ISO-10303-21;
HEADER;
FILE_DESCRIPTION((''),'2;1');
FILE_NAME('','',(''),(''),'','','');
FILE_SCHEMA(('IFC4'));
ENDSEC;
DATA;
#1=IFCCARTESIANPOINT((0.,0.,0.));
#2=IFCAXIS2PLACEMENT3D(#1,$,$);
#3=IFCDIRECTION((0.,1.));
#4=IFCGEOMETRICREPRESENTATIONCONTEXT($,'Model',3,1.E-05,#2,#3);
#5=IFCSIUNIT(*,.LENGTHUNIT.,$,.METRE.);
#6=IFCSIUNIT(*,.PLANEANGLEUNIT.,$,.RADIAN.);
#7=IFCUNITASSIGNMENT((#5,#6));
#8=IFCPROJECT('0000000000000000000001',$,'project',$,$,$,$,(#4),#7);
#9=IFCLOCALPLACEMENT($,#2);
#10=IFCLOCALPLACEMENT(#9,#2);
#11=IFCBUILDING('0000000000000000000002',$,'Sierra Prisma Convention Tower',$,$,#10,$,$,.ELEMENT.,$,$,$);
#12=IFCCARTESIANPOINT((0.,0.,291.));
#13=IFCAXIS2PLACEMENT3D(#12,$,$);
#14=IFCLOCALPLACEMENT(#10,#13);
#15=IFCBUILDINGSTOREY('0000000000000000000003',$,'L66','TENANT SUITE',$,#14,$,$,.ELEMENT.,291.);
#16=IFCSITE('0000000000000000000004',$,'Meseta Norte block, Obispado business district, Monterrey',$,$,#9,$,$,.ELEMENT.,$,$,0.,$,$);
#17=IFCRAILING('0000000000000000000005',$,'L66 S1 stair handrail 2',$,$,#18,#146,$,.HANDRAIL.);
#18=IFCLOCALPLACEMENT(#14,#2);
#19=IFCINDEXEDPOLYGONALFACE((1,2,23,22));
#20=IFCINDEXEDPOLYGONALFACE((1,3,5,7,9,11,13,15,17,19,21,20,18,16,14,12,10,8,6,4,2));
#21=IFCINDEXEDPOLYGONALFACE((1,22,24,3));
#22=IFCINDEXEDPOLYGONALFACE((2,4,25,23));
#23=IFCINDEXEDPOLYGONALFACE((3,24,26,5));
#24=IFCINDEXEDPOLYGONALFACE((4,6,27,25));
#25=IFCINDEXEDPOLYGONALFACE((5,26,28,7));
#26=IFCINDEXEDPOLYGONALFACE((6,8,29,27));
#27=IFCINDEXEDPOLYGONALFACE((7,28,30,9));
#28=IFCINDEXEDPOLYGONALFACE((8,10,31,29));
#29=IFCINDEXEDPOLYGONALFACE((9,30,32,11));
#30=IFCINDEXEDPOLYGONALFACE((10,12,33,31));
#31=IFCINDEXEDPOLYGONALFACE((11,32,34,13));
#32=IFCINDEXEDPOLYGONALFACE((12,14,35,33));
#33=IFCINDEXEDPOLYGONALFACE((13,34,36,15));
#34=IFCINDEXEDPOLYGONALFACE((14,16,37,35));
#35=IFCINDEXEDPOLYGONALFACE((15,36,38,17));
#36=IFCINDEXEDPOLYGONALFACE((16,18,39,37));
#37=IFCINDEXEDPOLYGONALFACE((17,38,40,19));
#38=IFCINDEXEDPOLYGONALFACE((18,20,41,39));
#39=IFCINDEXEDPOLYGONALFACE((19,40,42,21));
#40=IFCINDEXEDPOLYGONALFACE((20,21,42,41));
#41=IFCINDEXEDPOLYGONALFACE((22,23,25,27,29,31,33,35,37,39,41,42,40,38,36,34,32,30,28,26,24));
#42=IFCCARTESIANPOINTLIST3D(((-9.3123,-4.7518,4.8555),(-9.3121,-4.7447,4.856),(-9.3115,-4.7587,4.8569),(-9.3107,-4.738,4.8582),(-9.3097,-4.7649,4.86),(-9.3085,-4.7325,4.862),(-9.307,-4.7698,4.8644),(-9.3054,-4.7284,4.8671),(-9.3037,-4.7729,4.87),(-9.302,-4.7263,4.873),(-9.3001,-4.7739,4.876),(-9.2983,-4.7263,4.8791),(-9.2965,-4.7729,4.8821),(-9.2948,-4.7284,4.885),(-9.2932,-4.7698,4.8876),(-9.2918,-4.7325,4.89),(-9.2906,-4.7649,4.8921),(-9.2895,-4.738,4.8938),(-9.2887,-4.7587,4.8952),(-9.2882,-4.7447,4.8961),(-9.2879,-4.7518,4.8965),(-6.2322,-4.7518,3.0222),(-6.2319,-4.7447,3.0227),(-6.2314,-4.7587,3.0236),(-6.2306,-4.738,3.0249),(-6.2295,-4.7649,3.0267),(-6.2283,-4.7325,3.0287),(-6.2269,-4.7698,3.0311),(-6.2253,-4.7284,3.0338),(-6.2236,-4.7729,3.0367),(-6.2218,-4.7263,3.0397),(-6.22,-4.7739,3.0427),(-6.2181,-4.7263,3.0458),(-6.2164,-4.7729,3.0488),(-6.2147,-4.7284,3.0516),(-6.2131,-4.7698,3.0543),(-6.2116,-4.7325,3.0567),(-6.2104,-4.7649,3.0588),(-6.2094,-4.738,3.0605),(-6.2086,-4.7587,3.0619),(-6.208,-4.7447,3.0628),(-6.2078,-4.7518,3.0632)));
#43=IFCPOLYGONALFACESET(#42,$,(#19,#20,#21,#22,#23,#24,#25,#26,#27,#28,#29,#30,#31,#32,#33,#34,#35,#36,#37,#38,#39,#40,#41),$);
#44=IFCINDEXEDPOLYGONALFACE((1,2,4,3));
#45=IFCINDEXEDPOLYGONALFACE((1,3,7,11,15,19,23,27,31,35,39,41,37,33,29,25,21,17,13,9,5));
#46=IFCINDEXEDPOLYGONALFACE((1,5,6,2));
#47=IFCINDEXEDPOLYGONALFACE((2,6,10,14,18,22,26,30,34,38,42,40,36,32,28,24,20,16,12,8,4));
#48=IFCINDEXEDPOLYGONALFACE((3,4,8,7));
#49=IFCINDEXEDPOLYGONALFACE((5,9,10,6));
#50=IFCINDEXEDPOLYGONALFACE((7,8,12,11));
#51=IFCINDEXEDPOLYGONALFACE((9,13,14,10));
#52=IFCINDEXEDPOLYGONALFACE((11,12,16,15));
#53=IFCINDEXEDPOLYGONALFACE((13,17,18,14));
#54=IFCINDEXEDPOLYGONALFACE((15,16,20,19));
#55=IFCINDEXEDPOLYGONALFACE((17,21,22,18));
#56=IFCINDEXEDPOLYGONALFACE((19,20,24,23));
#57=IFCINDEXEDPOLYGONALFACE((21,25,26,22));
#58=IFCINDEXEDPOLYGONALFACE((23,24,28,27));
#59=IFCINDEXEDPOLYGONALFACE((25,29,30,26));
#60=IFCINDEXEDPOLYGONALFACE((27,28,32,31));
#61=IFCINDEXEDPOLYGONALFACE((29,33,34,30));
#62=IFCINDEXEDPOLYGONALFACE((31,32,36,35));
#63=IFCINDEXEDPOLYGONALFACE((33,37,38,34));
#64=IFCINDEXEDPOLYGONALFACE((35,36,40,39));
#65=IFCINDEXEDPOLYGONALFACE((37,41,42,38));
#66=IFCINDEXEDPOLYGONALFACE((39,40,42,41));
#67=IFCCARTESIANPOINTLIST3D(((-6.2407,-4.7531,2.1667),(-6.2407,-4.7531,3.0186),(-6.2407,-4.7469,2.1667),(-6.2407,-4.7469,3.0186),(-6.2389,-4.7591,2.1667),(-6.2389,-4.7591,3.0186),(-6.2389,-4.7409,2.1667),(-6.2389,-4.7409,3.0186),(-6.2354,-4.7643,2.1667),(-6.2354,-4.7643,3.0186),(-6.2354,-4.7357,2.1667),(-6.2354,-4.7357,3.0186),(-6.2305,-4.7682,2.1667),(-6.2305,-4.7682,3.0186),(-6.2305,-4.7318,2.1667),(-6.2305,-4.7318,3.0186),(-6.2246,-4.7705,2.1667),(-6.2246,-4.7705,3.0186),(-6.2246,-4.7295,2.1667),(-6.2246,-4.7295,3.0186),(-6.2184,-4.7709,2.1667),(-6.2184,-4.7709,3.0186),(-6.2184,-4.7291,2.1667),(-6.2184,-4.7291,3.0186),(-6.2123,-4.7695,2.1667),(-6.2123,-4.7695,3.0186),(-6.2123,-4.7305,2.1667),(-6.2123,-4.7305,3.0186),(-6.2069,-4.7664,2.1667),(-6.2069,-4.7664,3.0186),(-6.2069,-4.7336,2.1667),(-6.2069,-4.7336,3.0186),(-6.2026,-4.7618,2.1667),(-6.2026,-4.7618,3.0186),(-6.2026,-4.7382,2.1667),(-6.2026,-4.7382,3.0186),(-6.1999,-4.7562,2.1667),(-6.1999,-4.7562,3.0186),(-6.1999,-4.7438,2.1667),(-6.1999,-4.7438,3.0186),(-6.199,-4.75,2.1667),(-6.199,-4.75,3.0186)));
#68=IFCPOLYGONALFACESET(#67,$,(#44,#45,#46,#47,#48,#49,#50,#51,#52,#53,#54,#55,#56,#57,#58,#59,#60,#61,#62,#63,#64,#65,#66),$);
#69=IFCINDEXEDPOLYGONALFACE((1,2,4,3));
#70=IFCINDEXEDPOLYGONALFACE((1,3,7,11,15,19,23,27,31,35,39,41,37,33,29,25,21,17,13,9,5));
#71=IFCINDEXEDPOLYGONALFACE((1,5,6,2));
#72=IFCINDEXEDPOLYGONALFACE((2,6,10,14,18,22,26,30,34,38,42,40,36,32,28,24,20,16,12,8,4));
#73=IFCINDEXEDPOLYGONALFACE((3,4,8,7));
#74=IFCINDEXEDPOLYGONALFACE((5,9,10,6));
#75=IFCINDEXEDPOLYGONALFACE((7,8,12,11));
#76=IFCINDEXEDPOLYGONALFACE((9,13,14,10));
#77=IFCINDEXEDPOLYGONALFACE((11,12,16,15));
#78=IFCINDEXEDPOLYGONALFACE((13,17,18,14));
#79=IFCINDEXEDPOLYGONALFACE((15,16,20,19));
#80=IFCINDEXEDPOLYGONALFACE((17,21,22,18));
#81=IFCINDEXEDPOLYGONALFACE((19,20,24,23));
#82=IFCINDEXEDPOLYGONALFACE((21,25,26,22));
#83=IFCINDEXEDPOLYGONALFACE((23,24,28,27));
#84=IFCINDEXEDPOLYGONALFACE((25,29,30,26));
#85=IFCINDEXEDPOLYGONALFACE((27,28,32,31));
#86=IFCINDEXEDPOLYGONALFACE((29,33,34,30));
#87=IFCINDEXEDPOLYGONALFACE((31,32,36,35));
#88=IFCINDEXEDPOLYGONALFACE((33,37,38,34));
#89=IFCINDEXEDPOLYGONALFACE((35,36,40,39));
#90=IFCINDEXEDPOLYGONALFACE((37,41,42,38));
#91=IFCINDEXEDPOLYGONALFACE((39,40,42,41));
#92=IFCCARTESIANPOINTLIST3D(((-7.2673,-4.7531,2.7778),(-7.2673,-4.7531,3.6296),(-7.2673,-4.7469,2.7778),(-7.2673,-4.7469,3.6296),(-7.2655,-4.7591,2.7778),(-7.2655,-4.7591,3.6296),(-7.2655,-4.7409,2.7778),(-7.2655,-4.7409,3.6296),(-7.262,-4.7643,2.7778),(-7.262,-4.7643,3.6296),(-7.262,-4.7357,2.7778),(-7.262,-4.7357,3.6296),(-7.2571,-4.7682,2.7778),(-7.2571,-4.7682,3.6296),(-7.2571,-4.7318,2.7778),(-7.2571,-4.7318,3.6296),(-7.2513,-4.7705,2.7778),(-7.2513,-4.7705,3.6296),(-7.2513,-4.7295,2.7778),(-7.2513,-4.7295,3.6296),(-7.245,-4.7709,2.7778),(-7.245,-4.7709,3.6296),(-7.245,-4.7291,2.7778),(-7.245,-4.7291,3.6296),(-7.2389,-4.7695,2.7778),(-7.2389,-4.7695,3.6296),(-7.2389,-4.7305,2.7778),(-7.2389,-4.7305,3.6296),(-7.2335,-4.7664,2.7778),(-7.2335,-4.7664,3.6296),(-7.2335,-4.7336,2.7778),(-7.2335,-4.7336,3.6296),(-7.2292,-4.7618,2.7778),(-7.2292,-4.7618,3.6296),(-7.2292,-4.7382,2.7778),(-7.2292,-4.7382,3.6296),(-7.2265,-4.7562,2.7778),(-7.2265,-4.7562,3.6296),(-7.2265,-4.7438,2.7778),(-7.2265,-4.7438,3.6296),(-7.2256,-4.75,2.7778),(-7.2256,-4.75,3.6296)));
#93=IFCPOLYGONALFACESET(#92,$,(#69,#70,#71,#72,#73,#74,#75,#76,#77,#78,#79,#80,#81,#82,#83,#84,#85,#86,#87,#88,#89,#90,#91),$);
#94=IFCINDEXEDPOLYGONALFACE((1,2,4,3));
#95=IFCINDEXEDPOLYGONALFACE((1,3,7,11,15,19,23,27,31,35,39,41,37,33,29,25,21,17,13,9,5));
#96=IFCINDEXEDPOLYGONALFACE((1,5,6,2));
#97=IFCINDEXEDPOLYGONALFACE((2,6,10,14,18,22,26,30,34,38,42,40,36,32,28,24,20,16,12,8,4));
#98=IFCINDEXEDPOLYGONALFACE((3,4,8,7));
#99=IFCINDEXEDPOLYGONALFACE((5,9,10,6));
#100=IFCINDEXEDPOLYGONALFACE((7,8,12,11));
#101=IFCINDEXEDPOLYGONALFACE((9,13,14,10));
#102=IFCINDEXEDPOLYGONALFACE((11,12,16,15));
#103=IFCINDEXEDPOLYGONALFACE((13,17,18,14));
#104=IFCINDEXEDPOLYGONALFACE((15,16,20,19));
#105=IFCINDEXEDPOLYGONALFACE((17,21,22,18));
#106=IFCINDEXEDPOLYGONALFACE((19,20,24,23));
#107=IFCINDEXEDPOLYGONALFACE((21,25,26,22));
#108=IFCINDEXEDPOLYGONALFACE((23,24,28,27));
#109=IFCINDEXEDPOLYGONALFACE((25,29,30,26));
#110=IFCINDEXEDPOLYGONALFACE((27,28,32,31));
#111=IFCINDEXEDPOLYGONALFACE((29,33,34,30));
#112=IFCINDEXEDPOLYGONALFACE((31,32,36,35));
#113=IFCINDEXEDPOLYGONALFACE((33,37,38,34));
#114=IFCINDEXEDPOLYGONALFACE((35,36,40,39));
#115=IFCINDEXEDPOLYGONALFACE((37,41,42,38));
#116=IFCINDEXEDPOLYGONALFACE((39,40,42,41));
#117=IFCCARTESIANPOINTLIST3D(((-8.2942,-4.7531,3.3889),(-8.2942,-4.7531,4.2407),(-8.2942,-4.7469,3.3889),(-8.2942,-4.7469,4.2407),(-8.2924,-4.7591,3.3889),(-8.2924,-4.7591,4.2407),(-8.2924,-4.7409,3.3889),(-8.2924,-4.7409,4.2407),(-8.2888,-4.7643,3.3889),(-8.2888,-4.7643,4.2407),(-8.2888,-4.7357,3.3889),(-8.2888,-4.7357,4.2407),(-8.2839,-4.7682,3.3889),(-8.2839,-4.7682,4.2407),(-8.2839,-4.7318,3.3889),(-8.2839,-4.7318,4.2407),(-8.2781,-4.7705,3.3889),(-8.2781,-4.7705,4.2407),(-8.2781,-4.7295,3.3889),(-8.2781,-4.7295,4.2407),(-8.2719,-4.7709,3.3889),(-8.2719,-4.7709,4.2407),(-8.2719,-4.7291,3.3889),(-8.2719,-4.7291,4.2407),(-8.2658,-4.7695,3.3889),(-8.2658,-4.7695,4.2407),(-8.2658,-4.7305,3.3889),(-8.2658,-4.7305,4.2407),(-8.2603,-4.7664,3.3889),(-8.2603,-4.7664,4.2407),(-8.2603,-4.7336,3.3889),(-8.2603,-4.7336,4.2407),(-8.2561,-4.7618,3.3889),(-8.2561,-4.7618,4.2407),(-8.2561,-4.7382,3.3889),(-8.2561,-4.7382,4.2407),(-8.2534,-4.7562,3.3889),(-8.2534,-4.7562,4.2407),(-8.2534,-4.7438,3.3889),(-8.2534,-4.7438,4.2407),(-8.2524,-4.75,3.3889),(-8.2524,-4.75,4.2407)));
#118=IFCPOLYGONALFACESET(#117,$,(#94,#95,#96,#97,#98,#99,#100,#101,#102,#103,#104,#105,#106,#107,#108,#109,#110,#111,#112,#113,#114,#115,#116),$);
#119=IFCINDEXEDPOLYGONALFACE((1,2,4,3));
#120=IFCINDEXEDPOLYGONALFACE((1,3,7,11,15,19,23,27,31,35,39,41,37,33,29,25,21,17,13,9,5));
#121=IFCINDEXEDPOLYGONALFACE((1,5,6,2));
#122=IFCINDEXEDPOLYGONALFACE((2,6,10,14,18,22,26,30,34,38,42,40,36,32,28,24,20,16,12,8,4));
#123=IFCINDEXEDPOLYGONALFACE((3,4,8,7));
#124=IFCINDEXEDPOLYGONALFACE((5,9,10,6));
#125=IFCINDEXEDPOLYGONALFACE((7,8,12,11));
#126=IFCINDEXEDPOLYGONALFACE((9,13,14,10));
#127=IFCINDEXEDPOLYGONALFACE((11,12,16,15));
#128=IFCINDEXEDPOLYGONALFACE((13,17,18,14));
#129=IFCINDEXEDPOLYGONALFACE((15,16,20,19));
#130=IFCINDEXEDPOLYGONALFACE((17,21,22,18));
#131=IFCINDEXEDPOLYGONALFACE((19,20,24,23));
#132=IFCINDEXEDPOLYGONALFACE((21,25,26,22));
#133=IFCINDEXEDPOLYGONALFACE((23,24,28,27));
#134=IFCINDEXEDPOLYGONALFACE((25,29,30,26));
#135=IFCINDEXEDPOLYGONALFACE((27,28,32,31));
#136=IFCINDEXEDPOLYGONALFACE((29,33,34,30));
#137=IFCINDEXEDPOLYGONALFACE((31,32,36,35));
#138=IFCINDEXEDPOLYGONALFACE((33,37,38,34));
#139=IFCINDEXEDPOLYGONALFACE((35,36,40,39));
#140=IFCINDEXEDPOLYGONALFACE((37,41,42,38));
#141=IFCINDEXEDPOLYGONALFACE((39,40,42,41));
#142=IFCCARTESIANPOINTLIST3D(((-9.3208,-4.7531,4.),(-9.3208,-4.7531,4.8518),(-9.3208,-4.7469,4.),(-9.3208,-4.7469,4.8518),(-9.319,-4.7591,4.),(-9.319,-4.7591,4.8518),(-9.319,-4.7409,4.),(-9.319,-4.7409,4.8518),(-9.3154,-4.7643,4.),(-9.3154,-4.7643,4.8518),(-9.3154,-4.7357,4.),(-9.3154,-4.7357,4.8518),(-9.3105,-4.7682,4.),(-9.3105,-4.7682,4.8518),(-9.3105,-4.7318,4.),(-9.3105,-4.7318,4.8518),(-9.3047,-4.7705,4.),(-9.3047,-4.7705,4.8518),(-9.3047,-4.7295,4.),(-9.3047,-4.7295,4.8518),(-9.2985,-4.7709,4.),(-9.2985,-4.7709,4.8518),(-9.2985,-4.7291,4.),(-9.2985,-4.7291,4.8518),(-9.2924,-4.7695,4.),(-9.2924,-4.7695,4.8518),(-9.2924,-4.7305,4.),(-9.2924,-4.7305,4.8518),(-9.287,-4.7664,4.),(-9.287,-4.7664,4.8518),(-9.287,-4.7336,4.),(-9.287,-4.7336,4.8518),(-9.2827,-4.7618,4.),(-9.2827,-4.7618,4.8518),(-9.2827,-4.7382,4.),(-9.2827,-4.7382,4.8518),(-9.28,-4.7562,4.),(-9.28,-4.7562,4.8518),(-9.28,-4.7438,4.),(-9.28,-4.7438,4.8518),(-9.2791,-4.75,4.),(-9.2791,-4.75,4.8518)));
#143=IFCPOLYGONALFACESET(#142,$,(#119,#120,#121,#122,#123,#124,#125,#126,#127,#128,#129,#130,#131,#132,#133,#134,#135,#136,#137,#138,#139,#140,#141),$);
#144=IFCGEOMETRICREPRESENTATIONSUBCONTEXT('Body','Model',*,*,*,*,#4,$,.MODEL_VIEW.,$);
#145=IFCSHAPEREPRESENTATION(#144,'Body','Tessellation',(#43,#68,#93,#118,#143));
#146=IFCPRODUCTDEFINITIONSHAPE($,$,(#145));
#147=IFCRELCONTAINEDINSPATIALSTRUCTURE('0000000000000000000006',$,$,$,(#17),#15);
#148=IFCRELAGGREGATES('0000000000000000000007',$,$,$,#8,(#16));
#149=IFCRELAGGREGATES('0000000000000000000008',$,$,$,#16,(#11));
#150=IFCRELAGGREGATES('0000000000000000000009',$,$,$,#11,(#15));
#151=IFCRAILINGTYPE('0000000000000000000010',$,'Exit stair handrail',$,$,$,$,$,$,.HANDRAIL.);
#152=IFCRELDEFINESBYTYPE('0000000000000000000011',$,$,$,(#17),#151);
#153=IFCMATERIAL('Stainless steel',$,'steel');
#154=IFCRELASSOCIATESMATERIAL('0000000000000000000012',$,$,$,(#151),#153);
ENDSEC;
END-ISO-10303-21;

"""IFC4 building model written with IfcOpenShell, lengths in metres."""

from ifc_helpers import new_model, si_unit, direction, frame, origin, origin_2d, place, context, subcontext, project, spatial, circle, extrude, material, type_object, element, save


model = new_model("IFC4")

# Units and contexts
model_context = context("Model", 3, precision=1e-05, world=origin(), true_north=direction((0.0, 1.0)))
body_context = subcontext(model_context, "Body", "Model", "MODEL_VIEW")
ifc_project = project(units=[si_unit("LENGTHUNIT", "METRE"), si_unit("PLANEANGLEUNIT", "RADIAN")], contexts=[model_context])

# Site, building, storey
site_placement = place(None, origin())
site = spatial("IfcSite", under=ifc_project, at=site_placement, Name="Meseta Norte block, Obispado business district, Monterrey", CompositionType="ELEMENT", RefElevation=0.0)
building_placement = place(site_placement, origin())
building = spatial("IfcBuilding", under=site, at=building_placement, Name="Sierra Prisma Convention Tower", CompositionType="ELEMENT")
storey_placement = place(building_placement, frame((0.0, 0.0, 291.0)))
storey = spatial("IfcBuildingStorey", under=building, at=storey_placement, Name="L66", Description="TENANT SUITE", CompositionType="ELEMENT", Elevation=291.0)

# Railing
ifc_material_1 = material(Name="Stainless steel", Category="steel")
railing_type_1 = type_object("IfcRailingType", Name="Exit stair handrail", PredefinedType="HANDRAIL", material=ifc_material_1)
railing_1_placement = place(storey_placement, frame((-6.22, -4.75, 2.1667)))
element("IfcRailing", 1, at=railing_1_placement, inside=storey, type_object=railing_type_1, Name="L66 S1 stair handrail 2", PredefinedType="HANDRAIL", context=body_context, shape_type="SweptSolid", body=[
    extrude(circle(Radius=0.0239, at=origin_2d()), frame((0.0, 0.0, 0.876), z_axis=(-0.859309, 0.0, 0.511458), x_axis=(0.0, -1.0, 0.0)), (0.0, 0.0, 1.0), 3.5845),
    extrude(circle(Radius=0.021, at=origin_2d()), origin(), (0.0, 0.0, 1.0), 0.8518),
    extrude(circle(Radius=0.021, at=origin_2d()), frame((-1.0266, 0.0, 0.6111)), (0.0, 0.0, 1.0), 0.8518),
    extrude(circle(Radius=0.021, at=origin_2d()), frame((-2.0535, 0.0, 1.2222)), (0.0, 0.0, 1.0), 0.8518),
    extrude(circle(Radius=0.021, at=origin_2d()), frame((-3.0801, 0.0, 1.8333)), (0.0, 0.0, 1.0), 0.8518),
])

save(model, "model.ifc")
